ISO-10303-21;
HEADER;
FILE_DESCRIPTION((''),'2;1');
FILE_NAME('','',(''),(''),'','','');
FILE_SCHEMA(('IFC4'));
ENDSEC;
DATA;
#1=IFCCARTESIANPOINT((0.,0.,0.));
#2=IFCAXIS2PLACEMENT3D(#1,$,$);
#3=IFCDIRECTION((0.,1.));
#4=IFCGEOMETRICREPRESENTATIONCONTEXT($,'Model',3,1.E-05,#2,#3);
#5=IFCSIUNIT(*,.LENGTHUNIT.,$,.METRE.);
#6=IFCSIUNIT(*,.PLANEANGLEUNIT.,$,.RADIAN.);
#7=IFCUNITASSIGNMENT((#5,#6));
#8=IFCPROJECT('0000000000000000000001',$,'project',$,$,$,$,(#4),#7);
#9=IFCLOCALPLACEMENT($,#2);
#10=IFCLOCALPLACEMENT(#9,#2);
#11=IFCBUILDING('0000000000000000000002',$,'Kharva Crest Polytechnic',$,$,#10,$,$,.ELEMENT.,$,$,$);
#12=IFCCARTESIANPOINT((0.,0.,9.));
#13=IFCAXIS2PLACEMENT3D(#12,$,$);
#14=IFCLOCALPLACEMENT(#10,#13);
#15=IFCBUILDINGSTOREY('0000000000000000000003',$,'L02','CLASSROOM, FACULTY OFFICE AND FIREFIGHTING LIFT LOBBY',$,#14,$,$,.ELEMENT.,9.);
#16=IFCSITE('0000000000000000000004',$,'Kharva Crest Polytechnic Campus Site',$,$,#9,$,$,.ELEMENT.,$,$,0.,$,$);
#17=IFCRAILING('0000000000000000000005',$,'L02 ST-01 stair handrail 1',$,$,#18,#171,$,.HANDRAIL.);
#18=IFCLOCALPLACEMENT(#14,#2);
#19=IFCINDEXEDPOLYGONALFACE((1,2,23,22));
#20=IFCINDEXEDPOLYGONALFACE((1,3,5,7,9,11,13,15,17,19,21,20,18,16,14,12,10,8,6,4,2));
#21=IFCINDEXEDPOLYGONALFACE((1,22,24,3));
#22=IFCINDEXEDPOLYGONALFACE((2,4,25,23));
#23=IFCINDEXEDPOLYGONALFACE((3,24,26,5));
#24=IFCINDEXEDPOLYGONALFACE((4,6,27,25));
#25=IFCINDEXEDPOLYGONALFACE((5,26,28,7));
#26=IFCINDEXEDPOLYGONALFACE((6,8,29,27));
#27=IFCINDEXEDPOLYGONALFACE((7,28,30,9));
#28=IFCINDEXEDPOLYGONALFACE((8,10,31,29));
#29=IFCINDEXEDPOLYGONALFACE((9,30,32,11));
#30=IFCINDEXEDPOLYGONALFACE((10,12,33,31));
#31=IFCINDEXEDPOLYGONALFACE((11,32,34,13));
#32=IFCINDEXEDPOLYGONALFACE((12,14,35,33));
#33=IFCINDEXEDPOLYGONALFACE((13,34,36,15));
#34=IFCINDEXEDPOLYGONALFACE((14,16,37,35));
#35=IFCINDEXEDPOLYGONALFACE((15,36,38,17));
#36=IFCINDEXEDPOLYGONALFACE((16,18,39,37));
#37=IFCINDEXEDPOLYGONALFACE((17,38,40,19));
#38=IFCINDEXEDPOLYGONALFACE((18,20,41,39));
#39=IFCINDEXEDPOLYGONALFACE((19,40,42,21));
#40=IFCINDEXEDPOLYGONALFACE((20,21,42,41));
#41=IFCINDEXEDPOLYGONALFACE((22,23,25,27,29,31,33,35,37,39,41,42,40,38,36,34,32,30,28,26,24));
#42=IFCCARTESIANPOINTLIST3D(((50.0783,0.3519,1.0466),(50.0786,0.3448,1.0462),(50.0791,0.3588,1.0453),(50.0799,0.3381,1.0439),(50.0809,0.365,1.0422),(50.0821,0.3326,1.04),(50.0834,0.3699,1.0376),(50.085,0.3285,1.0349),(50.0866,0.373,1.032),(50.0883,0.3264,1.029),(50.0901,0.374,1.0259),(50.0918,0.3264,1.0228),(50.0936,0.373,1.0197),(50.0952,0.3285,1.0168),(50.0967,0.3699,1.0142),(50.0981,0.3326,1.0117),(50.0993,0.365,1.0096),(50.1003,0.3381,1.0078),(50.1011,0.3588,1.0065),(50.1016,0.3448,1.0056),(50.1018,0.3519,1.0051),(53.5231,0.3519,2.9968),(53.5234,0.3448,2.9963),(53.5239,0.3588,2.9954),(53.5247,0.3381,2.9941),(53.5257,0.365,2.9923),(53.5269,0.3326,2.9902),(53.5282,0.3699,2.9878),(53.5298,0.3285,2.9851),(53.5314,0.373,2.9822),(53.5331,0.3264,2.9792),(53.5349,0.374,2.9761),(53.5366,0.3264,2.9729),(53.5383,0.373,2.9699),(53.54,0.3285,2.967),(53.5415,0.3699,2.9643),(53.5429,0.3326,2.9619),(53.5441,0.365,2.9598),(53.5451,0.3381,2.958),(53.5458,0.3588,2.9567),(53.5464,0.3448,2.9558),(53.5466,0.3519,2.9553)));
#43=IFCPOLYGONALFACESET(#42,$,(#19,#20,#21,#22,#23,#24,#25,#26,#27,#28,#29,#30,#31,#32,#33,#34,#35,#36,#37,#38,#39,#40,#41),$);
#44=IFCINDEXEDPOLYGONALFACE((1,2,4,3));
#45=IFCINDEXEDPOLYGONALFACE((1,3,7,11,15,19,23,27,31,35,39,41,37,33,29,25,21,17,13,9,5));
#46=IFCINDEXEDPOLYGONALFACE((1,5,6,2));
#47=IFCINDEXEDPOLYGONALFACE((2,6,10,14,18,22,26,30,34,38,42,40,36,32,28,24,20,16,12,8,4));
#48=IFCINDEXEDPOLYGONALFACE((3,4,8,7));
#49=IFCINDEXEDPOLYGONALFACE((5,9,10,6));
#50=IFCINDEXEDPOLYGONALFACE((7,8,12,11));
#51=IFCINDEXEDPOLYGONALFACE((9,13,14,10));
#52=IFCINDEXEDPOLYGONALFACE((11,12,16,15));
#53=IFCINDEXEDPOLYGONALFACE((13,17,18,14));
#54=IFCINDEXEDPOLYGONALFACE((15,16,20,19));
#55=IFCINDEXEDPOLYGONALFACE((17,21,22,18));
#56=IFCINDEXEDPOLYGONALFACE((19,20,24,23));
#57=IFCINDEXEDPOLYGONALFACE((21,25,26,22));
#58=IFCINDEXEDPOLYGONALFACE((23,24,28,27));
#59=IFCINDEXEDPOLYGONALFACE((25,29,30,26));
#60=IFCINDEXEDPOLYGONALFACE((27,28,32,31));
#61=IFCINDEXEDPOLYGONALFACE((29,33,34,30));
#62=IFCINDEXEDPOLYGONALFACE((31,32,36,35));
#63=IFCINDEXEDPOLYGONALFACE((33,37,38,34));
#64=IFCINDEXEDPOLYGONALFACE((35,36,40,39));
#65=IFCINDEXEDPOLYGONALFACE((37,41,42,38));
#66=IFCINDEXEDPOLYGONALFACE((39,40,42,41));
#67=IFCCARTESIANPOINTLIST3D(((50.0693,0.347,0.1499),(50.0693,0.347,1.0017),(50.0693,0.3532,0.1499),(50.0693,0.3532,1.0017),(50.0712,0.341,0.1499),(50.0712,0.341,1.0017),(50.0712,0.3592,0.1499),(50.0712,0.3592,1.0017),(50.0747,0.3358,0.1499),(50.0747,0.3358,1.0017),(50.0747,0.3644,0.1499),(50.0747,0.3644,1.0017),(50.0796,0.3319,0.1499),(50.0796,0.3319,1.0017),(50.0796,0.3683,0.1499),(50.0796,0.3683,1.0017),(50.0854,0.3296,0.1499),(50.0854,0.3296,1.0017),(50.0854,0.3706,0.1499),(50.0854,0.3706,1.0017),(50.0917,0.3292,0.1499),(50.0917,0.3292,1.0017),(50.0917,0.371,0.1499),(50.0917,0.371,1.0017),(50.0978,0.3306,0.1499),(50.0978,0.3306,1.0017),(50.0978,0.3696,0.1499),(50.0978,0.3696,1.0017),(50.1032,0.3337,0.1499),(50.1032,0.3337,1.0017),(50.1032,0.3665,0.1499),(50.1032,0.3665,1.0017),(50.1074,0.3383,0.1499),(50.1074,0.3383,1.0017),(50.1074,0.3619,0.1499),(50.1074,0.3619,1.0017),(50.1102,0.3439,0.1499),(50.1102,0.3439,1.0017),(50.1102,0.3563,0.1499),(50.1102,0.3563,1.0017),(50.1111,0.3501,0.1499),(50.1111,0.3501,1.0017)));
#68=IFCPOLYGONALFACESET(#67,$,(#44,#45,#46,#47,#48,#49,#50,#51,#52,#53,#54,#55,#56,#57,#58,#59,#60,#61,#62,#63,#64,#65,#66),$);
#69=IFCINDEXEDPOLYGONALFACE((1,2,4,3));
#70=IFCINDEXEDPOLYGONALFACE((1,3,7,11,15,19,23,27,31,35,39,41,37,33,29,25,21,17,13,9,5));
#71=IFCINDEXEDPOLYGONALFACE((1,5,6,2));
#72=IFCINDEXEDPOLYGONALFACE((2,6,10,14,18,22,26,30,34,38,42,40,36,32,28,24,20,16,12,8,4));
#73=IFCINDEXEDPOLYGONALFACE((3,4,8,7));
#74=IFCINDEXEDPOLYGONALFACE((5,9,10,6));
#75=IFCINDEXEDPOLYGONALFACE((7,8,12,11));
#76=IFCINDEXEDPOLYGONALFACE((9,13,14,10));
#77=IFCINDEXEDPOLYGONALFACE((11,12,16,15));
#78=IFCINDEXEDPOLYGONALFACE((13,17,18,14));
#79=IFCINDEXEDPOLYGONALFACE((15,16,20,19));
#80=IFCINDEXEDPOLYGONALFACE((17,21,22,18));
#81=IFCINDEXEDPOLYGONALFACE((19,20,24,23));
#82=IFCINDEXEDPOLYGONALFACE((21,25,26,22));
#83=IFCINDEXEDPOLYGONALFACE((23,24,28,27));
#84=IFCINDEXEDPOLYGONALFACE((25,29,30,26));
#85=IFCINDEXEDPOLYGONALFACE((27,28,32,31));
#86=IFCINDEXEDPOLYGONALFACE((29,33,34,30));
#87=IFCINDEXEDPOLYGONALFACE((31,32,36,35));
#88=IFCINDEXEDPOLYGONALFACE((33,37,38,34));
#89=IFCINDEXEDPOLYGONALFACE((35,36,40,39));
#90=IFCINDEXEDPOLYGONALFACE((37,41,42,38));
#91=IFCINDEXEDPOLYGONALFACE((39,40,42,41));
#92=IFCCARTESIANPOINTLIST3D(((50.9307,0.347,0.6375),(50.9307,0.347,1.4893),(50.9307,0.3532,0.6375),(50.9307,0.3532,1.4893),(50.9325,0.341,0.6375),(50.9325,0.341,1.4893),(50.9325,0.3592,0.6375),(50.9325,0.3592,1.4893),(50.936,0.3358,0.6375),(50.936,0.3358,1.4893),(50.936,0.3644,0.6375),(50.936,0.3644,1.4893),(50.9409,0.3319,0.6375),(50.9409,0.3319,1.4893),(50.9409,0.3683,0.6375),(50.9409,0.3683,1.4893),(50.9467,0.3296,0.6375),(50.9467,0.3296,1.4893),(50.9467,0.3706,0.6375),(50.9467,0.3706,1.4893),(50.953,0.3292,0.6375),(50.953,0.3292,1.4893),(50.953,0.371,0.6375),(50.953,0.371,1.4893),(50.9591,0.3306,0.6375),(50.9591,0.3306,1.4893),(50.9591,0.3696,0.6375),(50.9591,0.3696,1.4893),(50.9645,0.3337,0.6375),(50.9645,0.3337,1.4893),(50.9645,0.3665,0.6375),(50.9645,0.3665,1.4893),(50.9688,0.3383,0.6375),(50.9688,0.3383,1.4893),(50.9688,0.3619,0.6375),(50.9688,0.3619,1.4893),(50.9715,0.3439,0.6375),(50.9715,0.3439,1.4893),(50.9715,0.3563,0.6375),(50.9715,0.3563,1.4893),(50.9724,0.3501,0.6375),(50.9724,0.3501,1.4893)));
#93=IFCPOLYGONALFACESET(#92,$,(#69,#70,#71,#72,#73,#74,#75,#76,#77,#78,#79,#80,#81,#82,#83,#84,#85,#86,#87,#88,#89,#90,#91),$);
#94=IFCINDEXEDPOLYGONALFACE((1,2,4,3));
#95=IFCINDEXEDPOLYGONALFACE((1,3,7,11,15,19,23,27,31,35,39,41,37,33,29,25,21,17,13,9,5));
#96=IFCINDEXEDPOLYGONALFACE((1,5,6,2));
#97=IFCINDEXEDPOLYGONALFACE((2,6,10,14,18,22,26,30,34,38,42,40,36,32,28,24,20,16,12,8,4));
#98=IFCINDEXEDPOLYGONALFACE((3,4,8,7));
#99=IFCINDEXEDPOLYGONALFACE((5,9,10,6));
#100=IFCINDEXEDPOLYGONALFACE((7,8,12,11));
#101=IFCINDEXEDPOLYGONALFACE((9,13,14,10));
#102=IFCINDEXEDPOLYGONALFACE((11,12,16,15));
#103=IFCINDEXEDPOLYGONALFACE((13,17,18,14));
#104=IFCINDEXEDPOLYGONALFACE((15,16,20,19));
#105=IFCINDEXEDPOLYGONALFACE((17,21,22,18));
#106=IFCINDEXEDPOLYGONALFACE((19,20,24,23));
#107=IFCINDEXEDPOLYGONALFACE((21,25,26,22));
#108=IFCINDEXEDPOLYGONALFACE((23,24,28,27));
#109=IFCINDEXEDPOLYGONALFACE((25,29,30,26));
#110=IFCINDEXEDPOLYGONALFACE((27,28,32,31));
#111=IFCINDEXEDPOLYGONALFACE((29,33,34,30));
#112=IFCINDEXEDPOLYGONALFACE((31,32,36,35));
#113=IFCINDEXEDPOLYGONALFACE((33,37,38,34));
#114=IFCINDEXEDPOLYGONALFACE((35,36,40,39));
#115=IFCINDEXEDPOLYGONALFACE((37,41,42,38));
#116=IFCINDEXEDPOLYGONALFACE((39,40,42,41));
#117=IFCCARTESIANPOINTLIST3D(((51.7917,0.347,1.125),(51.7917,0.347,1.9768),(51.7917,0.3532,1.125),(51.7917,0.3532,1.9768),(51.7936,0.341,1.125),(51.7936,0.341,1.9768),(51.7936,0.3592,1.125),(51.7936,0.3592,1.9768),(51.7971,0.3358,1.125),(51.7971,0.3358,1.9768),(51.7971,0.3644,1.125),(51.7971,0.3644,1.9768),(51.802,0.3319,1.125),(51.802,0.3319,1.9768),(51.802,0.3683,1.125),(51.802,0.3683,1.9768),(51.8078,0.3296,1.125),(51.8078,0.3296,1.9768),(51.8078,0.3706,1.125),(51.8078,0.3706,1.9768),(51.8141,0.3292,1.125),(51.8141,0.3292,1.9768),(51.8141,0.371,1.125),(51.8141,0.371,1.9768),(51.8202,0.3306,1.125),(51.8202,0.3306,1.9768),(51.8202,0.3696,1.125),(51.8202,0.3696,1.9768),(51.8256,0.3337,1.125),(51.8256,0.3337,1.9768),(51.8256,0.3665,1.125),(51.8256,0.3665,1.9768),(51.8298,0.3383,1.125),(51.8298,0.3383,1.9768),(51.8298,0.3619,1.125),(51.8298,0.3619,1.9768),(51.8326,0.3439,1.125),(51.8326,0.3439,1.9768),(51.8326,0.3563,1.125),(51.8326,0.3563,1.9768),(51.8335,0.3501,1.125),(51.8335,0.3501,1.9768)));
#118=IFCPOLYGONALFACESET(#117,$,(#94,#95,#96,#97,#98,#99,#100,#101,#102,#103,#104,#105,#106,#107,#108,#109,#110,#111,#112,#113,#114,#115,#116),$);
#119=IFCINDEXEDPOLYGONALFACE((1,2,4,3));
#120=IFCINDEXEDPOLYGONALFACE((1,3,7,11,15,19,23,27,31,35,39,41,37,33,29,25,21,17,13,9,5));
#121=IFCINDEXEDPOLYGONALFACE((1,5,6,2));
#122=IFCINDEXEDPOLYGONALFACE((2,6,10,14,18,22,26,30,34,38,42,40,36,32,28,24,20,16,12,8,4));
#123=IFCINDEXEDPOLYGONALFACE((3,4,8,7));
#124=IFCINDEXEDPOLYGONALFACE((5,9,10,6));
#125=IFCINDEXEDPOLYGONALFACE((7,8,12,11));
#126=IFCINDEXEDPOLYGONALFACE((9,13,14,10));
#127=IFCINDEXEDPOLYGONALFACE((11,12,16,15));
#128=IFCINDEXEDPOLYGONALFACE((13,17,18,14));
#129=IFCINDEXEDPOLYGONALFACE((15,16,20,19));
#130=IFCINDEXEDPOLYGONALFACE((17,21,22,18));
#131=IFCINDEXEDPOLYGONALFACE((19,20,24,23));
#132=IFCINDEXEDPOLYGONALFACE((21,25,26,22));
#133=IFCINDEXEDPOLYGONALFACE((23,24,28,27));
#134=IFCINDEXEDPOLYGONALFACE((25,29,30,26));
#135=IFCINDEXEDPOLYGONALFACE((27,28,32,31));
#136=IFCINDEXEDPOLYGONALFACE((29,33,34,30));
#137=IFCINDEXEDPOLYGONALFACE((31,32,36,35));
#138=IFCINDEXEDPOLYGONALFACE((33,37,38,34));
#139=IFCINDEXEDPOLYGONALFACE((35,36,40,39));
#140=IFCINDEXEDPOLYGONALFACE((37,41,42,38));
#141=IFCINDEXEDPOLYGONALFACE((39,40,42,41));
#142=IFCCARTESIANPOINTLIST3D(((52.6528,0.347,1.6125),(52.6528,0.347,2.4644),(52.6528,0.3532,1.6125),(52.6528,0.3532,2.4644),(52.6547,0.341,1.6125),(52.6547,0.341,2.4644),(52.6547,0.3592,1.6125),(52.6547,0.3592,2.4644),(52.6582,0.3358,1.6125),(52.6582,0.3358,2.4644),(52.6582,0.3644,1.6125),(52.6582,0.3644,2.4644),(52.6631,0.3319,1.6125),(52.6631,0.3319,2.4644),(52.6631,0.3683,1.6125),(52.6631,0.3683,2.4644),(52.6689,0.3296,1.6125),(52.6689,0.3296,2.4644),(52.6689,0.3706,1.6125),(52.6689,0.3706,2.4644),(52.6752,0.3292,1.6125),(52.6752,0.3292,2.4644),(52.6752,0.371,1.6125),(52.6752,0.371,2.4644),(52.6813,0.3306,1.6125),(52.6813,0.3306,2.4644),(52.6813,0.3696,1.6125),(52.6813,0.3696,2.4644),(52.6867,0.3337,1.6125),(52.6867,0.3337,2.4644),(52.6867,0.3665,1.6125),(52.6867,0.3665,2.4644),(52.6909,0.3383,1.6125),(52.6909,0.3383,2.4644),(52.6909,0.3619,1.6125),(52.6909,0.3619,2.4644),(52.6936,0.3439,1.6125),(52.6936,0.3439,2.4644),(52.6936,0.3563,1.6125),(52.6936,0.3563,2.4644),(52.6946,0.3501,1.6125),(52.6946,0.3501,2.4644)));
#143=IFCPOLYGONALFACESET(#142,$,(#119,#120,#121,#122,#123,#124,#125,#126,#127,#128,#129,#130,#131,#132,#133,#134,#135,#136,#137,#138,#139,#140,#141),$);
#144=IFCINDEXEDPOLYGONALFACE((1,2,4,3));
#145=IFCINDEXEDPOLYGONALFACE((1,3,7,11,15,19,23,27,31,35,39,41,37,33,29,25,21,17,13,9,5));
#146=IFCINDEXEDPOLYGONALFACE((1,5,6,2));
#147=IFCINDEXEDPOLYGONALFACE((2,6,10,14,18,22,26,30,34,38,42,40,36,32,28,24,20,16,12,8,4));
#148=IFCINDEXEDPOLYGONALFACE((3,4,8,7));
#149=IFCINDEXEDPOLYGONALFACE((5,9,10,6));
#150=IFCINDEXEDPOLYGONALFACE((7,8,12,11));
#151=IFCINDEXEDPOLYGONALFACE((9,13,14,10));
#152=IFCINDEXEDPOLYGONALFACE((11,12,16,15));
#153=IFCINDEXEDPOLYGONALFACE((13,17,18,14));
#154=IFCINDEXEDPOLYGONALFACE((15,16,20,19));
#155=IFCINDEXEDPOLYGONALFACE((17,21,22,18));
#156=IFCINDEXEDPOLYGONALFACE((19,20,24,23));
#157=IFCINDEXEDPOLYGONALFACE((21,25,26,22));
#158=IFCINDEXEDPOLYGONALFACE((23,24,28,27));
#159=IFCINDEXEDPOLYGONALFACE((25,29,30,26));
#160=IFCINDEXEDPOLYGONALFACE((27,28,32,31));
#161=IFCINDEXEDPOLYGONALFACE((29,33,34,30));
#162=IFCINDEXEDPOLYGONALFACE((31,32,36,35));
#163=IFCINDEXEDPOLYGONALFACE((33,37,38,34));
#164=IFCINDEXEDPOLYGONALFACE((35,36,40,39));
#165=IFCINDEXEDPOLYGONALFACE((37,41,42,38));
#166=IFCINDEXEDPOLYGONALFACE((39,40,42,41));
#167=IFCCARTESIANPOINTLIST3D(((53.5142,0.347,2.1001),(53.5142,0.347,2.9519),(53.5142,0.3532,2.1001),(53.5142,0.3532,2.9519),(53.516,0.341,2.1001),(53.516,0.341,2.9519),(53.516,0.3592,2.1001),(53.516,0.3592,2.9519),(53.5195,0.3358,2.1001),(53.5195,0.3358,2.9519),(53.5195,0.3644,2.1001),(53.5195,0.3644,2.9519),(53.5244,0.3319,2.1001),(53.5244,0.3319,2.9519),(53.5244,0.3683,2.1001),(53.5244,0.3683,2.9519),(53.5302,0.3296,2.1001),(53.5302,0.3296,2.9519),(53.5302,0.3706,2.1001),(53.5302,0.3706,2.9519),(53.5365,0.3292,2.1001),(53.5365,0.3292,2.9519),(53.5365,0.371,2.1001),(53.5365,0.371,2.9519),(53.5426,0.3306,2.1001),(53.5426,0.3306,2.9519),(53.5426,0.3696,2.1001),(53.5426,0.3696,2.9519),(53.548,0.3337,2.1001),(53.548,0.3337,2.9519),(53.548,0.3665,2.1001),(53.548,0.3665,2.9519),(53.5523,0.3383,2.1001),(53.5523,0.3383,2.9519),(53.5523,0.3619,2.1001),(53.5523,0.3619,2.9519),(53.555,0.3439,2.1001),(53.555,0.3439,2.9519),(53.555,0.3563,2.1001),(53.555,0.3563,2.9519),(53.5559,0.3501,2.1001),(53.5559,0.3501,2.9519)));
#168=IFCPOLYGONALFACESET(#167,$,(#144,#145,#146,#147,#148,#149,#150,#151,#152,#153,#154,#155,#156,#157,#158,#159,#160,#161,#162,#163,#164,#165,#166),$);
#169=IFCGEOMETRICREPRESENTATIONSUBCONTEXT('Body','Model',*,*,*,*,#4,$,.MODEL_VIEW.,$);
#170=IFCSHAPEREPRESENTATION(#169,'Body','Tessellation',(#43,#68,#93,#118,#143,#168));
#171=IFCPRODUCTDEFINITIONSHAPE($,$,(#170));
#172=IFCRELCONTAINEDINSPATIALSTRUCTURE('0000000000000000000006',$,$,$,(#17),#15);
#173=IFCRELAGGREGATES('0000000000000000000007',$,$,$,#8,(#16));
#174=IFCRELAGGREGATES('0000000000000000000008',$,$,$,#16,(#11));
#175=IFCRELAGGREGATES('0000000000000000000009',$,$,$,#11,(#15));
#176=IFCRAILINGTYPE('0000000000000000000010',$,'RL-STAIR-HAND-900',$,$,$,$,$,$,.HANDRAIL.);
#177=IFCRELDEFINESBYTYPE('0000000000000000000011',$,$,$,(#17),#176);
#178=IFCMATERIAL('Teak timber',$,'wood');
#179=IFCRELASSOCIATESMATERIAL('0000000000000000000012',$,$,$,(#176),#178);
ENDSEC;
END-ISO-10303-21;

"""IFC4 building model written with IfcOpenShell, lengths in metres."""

from ifc_helpers import new_model, si_unit, direction, frame, origin, origin_2d, place, context, subcontext, project, spatial, circle, extrude, material, type_object, element, save


model = new_model("IFC4")

# Units and contexts
model_context = context("Model", 3, precision=1e-05, world=origin(), true_north=direction((0.0, 1.0)))
body_context = subcontext(model_context, "Body", "Model", "MODEL_VIEW")
ifc_project = project(units=[si_unit("LENGTHUNIT", "METRE"), si_unit("PLANEANGLEUNIT", "RADIAN")], contexts=[model_context])

# Site, building, storey
site_placement = place(None, origin())
site = spatial("IfcSite", under=ifc_project, at=site_placement, Name="Kharva Crest Polytechnic Campus Site", CompositionType="ELEMENT", RefElevation=0.0)
building_placement = place(site_placement, origin())
building = spatial("IfcBuilding", under=site, at=building_placement, Name="Kharva Crest Polytechnic", CompositionType="ELEMENT")
storey_placement = place(building_placement, frame((0.0, 0.0, 9.0)))
storey = spatial("IfcBuildingStorey", under=building, at=storey_placement, Name="L02", Description="CLASSROOM, FACULTY OFFICE AND FIREFIGHTING LIFT LOBBY", CompositionType="ELEMENT", Elevation=9.0)

# Shared definitions
ifc_material_1 = material(Name="Teak timber", Category="wood")

# Railing
railing_type_1 = type_object("IfcRailingType", Name="RL-STAIR-HAND-900", PredefinedType="HANDRAIL", material=ifc_material_1)
railing_1_placement = place(storey_placement, frame((50.0901, 0.3501, 0.1499)))
element("IfcRailing", 1, at=railing_1_placement, inside=storey, type_object=railing_type_1, Name="L02 ST-01 stair handrail 1", PredefinedType="HANDRAIL", context=body_context, shape_type="SweptSolid", body=[
    extrude(circle(Radius=0.0239, at=origin_2d()), frame((0.0, 0.0, 0.876), z_axis=(0.870225, 0.0, 0.492655), x_axis=(0.0, 1.0, 0.0)), (0.0, 0.0, 1.0), 3.9585),
    extrude(circle(Radius=0.021, at=origin_2d()), origin(), (0.0, 0.0, 1.0), 0.8518),
    extrude(circle(Radius=0.021, at=origin_2d()), frame((0.8613, 0.0, 0.4875)), (0.0, 0.0, 1.0), 0.8518),
    extrude(circle(Radius=0.021, at=origin_2d()), frame((1.7224, 0.0, 0.9751)), (0.0, 0.0, 1.0), 0.8518),
    extrude(circle(Radius=0.021, at=origin_2d()), frame((2.5835, 0.0, 1.4626)), (0.0, 0.0, 1.0), 0.8518),
    extrude(circle(Radius=0.021, at=origin_2d()), frame((3.4448, 0.0, 1.9502)), (0.0, 0.0, 1.0), 0.8518),
])

save(model, "model.ifc")
